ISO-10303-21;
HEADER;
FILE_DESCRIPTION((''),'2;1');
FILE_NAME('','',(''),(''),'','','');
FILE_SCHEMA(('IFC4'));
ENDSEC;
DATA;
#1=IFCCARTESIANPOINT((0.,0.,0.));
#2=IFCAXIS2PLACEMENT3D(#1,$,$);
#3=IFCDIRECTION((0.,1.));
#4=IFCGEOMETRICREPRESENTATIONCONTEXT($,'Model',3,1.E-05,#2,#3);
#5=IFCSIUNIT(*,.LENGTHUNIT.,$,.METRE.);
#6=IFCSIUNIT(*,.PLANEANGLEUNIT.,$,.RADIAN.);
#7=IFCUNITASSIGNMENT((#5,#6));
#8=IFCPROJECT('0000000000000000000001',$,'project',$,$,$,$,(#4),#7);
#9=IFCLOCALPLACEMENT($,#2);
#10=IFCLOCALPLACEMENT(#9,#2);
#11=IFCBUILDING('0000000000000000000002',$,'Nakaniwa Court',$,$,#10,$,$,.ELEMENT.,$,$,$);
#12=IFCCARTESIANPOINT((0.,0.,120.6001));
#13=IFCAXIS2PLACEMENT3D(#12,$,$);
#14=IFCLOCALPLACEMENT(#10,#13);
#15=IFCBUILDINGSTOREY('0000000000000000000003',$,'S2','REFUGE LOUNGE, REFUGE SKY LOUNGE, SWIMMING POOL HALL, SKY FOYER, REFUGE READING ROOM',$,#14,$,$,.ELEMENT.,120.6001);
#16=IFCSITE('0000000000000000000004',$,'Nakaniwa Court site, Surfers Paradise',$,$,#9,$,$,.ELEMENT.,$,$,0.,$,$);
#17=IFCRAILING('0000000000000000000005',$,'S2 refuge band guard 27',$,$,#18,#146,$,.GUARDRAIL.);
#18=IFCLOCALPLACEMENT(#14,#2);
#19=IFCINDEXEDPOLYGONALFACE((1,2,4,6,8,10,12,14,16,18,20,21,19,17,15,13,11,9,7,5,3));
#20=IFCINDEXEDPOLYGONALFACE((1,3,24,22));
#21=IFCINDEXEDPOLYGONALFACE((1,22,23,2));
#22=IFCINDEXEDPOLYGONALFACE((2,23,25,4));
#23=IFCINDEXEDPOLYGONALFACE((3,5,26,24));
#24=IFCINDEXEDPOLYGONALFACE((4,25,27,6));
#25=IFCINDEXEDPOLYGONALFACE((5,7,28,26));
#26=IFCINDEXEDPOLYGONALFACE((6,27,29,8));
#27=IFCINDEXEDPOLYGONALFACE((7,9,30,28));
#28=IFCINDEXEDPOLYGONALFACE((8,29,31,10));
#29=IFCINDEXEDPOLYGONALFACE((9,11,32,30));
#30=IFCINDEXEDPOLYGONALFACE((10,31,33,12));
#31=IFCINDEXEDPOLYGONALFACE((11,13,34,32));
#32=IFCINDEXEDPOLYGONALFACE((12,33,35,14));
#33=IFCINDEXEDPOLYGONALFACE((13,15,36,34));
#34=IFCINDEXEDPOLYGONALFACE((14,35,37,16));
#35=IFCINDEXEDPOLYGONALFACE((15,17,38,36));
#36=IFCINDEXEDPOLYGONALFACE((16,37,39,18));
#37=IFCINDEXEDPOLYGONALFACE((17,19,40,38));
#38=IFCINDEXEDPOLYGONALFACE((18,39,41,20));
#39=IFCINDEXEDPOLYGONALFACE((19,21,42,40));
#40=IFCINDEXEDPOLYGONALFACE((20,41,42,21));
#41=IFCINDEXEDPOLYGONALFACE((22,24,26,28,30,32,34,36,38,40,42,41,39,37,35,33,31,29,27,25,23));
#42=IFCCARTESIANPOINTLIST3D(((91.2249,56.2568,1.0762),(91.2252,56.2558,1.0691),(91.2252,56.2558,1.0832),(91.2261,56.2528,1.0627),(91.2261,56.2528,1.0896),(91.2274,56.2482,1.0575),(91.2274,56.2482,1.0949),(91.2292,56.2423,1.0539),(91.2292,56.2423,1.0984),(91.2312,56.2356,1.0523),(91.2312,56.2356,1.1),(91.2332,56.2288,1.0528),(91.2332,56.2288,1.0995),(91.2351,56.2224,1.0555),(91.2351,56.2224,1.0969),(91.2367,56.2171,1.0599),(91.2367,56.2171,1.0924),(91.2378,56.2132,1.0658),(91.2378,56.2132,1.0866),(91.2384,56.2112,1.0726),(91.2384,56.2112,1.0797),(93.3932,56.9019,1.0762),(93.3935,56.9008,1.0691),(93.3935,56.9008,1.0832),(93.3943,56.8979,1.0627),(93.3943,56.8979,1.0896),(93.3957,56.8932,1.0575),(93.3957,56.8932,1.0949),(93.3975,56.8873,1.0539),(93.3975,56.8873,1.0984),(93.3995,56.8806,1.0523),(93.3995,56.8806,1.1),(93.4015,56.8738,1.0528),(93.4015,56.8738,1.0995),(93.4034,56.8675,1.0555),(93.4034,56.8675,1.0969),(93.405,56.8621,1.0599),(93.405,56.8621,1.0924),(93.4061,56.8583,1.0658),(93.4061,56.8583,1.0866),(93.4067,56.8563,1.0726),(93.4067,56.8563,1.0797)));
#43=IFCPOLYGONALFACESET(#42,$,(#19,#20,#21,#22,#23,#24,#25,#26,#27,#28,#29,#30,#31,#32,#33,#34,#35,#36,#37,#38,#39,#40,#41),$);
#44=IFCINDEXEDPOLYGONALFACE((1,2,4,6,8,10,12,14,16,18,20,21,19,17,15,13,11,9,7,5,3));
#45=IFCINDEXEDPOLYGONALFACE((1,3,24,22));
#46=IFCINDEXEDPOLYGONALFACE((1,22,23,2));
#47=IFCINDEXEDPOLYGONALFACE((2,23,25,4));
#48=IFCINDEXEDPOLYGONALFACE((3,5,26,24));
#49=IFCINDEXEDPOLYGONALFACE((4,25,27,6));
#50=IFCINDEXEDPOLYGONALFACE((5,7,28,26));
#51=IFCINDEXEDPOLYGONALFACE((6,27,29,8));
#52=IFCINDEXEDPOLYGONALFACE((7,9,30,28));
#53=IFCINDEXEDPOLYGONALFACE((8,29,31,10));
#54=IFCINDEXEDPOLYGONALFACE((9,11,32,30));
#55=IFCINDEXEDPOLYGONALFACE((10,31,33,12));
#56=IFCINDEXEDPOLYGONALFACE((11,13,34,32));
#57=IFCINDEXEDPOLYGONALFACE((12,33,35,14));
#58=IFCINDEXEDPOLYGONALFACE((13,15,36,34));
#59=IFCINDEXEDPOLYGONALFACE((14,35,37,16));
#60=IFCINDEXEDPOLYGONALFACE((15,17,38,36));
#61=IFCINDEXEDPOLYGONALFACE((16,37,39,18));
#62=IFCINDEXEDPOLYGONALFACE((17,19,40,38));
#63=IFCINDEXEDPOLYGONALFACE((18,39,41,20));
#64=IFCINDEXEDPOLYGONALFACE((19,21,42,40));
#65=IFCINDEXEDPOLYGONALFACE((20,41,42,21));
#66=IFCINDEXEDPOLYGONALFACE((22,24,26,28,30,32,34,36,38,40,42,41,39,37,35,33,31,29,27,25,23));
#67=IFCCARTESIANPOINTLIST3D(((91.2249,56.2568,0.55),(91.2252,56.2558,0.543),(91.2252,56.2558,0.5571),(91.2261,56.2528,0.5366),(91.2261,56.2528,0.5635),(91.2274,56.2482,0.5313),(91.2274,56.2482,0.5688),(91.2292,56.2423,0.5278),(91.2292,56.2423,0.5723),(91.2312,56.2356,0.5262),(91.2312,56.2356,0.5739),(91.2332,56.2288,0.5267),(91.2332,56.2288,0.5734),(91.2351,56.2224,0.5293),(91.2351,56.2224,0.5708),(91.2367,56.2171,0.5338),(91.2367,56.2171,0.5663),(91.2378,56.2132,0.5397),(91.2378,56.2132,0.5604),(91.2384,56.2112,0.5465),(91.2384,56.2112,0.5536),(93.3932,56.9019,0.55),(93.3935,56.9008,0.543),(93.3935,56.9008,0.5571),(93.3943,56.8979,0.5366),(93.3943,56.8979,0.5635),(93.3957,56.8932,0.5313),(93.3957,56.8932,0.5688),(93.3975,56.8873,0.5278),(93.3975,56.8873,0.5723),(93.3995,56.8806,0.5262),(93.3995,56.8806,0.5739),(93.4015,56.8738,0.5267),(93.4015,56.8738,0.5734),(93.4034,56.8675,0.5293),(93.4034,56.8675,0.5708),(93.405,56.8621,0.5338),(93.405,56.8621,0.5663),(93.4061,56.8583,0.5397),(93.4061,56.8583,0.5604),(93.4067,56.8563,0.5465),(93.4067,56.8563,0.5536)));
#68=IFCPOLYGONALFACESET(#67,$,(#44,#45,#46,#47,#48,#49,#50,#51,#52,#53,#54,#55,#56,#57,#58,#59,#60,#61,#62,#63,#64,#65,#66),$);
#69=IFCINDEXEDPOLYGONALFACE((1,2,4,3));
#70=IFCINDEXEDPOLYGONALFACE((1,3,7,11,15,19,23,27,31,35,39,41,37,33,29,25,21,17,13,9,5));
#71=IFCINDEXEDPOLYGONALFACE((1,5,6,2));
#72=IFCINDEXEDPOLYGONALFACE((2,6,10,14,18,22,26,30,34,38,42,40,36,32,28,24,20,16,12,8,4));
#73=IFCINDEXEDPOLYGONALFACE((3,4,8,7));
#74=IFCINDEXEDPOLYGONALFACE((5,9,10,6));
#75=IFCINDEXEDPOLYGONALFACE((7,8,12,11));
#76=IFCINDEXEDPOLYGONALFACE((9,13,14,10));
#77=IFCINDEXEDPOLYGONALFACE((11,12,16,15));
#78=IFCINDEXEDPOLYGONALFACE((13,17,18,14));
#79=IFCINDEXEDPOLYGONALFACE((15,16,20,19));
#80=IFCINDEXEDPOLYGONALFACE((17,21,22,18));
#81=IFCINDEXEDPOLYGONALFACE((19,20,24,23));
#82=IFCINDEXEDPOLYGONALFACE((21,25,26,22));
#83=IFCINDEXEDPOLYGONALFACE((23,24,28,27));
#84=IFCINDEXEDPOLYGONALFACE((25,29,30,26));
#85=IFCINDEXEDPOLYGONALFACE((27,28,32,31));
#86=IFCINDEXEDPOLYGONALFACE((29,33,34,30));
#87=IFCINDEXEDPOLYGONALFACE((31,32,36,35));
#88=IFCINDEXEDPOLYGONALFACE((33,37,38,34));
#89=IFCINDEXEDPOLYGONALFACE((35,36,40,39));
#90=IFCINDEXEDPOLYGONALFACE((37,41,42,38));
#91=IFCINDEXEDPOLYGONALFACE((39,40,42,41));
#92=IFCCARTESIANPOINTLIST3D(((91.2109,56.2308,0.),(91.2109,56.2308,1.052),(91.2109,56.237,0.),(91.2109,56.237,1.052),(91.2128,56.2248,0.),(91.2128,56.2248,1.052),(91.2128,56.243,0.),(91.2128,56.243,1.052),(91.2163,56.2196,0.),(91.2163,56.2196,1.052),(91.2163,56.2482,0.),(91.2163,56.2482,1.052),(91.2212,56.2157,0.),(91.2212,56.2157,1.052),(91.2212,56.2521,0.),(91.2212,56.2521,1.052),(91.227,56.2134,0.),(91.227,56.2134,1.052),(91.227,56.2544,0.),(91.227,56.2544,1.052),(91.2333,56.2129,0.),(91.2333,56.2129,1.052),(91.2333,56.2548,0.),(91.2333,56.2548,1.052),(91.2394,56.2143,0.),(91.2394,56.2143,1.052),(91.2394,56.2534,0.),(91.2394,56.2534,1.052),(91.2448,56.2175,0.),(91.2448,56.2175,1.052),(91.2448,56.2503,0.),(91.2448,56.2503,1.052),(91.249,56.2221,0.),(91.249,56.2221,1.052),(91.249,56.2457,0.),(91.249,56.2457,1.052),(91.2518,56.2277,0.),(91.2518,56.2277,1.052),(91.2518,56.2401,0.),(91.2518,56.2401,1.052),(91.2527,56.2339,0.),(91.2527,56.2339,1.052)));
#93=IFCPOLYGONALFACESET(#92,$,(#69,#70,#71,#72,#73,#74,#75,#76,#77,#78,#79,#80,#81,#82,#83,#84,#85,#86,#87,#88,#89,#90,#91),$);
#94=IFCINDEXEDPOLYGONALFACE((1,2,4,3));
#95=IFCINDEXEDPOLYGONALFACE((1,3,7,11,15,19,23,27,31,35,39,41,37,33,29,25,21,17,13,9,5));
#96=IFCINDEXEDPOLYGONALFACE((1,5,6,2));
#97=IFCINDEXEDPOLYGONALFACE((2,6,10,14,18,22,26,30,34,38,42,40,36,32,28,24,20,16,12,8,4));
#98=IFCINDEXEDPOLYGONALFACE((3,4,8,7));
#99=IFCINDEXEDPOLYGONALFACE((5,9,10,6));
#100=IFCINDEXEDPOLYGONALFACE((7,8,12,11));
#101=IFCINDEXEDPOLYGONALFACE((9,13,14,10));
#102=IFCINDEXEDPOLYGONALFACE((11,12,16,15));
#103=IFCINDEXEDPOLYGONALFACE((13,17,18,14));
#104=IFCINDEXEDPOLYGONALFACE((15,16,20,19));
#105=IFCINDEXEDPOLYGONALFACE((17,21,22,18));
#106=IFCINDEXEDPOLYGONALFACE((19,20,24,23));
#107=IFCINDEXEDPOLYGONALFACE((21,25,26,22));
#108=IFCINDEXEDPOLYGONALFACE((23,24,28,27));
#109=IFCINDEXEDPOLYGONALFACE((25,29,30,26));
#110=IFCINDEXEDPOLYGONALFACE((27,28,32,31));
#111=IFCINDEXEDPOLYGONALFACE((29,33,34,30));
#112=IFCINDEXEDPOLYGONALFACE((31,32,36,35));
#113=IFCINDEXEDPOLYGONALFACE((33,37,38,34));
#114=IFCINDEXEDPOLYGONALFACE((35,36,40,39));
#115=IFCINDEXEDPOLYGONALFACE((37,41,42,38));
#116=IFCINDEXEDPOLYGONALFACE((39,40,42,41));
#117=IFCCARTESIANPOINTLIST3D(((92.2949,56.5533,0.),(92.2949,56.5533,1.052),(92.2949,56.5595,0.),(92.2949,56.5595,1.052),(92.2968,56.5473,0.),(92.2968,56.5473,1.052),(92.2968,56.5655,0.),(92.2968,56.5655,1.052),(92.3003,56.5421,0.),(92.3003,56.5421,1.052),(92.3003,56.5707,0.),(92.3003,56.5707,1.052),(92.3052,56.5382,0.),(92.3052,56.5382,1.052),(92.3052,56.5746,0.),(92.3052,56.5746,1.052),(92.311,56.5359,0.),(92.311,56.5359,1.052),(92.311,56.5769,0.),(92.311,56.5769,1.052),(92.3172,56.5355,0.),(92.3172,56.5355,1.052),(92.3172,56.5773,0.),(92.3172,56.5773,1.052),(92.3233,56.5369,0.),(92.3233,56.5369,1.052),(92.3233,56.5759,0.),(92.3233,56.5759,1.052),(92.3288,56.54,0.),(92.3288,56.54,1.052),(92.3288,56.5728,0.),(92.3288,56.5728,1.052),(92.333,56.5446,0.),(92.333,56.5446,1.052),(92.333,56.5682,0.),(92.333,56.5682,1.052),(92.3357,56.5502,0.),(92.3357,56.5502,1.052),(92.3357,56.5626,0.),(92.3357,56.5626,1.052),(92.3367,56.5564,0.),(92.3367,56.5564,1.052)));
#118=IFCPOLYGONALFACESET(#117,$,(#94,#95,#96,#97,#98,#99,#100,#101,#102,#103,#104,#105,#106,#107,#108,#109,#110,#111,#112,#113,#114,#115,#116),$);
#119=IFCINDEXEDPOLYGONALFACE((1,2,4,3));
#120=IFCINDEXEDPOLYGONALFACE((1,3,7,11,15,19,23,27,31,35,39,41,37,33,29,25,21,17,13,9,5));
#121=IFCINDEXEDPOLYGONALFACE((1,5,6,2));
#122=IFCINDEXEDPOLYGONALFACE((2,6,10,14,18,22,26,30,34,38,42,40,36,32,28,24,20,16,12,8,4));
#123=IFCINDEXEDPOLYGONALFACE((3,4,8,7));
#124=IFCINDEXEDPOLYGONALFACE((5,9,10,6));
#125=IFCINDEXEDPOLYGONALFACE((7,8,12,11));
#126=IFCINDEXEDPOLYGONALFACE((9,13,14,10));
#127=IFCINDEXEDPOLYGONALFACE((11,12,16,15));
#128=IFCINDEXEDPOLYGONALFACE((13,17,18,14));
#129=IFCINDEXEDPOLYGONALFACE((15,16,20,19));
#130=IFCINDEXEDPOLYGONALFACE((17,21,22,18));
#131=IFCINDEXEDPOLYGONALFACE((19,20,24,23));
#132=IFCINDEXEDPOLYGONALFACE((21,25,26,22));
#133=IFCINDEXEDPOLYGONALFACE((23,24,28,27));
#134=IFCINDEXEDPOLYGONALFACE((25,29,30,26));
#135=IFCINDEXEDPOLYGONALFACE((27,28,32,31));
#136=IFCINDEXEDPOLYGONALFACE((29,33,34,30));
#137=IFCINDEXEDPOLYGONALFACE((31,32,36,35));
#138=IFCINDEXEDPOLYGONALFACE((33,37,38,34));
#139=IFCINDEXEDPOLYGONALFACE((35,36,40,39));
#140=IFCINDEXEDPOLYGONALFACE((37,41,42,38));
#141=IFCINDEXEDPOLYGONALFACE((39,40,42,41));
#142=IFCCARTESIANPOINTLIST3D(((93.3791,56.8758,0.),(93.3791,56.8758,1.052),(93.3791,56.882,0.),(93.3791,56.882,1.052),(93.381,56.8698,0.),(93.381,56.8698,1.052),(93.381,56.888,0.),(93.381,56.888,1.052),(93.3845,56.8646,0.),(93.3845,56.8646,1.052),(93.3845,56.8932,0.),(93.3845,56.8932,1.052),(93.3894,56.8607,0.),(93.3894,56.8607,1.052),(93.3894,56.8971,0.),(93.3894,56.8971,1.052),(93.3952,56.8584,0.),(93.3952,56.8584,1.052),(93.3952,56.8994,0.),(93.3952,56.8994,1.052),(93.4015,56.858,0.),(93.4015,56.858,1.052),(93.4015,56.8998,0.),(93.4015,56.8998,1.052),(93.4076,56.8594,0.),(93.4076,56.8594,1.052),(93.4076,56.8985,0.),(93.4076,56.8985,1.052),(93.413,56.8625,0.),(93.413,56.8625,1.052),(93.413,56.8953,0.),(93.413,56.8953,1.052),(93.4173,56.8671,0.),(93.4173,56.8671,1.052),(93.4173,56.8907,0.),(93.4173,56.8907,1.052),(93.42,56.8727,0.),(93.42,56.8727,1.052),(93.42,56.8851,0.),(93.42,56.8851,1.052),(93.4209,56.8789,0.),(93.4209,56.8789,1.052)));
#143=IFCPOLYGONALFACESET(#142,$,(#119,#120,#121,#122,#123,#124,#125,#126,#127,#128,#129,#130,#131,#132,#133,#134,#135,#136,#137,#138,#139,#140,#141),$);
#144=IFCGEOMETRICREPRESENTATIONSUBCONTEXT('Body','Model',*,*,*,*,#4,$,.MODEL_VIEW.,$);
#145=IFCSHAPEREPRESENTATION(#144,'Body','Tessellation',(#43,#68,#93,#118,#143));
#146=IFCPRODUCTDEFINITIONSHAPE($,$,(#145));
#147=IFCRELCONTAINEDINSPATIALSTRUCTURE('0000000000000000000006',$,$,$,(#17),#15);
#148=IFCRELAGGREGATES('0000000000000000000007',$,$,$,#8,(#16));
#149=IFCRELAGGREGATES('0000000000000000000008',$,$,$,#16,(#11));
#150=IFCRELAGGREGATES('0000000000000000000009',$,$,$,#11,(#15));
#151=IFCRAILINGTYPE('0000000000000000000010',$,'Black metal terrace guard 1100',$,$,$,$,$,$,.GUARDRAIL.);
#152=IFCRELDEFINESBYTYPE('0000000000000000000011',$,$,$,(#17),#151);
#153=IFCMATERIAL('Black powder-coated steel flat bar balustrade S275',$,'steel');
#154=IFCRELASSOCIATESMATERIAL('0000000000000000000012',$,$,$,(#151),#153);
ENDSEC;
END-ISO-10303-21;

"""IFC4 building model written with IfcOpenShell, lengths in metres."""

from ifc_helpers import new_model, si_unit, direction, frame, origin, origin_2d, place, context, subcontext, project, spatial, circle, extrude, material, type_object, element, save


model = new_model("IFC4")

# Units and contexts
model_context = context("Model", 3, precision=1e-05, world=origin(), true_north=direction((0.0, 1.0)))
body_context = subcontext(model_context, "Body", "Model", "MODEL_VIEW")
ifc_project = project(units=[si_unit("LENGTHUNIT", "METRE"), si_unit("PLANEANGLEUNIT", "RADIAN")], contexts=[model_context])

# Site, building, storey
site_placement = place(None, origin())
site = spatial("IfcSite", under=ifc_project, at=site_placement, Name="Nakaniwa Court site, Surfers Paradise", CompositionType="ELEMENT", RefElevation=0.0)
building_placement = place(site_placement, origin())
building = spatial("IfcBuilding", under=site, at=building_placement, Name="Nakaniwa Court", CompositionType="ELEMENT")
storey_placement = place(building_placement, frame((0.0, 0.0, 120.6001)))
storey = spatial("IfcBuildingStorey", under=building, at=storey_placement, Name="S2", Description="REFUGE LOUNGE, REFUGE SKY LOUNGE, SWIMMING POOL HALL, SKY FOYER, REFUGE READING ROOM", CompositionType="ELEMENT", Elevation=120.6001)

# Railing
ifc_material_1 = material(Name="Black powder-coated steel flat bar balustrade S275", Category="steel")
railing_type = type_object("IfcRailingType", Name="Black metal terrace guard 1100", PredefinedType="GUARDRAIL", material=ifc_material_1)
railing_1_placement = place(storey_placement, frame((91.2317, 56.2339, 0.0)))
element("IfcRailing", 1, at=railing_1_placement, inside=storey, type_object=railing_type, Name="S2 refuge band guard 27", PredefinedType="GUARDRAIL", context=body_context, shape_type="SweptSolid", body=[
    extrude(circle(Radius=0.0239, at=origin_2d()), frame((0.0, 0.0, 1.0762), z_axis=(0.958486, 0.285139, 0.0), x_axis=(-0.285139, 0.958486, 0.0)), (0.0, 0.0, 1.0), 2.2622),
    extrude(circle(Radius=0.0239, at=origin_2d()), frame((0.0, 0.0, 0.55), z_axis=(0.958486, 0.285139, 0.0), x_axis=(-0.285139, 0.958486, 0.0)), (0.0, 0.0, 1.0), 2.2622),
    extrude(circle(Radius=0.021, at=origin_2d()), origin(), (0.0, 0.0, 1.0), 1.052),
    extrude(circle(Radius=0.021, at=origin_2d()), frame((1.084, 0.3225, 0.0)), (0.0, 0.0, 1.0), 1.052),
    extrude(circle(Radius=0.021, at=origin_2d()), frame((2.1682, 0.645, 0.0)), (0.0, 0.0, 1.0), 1.052),
])

save(model, "model.ifc")
